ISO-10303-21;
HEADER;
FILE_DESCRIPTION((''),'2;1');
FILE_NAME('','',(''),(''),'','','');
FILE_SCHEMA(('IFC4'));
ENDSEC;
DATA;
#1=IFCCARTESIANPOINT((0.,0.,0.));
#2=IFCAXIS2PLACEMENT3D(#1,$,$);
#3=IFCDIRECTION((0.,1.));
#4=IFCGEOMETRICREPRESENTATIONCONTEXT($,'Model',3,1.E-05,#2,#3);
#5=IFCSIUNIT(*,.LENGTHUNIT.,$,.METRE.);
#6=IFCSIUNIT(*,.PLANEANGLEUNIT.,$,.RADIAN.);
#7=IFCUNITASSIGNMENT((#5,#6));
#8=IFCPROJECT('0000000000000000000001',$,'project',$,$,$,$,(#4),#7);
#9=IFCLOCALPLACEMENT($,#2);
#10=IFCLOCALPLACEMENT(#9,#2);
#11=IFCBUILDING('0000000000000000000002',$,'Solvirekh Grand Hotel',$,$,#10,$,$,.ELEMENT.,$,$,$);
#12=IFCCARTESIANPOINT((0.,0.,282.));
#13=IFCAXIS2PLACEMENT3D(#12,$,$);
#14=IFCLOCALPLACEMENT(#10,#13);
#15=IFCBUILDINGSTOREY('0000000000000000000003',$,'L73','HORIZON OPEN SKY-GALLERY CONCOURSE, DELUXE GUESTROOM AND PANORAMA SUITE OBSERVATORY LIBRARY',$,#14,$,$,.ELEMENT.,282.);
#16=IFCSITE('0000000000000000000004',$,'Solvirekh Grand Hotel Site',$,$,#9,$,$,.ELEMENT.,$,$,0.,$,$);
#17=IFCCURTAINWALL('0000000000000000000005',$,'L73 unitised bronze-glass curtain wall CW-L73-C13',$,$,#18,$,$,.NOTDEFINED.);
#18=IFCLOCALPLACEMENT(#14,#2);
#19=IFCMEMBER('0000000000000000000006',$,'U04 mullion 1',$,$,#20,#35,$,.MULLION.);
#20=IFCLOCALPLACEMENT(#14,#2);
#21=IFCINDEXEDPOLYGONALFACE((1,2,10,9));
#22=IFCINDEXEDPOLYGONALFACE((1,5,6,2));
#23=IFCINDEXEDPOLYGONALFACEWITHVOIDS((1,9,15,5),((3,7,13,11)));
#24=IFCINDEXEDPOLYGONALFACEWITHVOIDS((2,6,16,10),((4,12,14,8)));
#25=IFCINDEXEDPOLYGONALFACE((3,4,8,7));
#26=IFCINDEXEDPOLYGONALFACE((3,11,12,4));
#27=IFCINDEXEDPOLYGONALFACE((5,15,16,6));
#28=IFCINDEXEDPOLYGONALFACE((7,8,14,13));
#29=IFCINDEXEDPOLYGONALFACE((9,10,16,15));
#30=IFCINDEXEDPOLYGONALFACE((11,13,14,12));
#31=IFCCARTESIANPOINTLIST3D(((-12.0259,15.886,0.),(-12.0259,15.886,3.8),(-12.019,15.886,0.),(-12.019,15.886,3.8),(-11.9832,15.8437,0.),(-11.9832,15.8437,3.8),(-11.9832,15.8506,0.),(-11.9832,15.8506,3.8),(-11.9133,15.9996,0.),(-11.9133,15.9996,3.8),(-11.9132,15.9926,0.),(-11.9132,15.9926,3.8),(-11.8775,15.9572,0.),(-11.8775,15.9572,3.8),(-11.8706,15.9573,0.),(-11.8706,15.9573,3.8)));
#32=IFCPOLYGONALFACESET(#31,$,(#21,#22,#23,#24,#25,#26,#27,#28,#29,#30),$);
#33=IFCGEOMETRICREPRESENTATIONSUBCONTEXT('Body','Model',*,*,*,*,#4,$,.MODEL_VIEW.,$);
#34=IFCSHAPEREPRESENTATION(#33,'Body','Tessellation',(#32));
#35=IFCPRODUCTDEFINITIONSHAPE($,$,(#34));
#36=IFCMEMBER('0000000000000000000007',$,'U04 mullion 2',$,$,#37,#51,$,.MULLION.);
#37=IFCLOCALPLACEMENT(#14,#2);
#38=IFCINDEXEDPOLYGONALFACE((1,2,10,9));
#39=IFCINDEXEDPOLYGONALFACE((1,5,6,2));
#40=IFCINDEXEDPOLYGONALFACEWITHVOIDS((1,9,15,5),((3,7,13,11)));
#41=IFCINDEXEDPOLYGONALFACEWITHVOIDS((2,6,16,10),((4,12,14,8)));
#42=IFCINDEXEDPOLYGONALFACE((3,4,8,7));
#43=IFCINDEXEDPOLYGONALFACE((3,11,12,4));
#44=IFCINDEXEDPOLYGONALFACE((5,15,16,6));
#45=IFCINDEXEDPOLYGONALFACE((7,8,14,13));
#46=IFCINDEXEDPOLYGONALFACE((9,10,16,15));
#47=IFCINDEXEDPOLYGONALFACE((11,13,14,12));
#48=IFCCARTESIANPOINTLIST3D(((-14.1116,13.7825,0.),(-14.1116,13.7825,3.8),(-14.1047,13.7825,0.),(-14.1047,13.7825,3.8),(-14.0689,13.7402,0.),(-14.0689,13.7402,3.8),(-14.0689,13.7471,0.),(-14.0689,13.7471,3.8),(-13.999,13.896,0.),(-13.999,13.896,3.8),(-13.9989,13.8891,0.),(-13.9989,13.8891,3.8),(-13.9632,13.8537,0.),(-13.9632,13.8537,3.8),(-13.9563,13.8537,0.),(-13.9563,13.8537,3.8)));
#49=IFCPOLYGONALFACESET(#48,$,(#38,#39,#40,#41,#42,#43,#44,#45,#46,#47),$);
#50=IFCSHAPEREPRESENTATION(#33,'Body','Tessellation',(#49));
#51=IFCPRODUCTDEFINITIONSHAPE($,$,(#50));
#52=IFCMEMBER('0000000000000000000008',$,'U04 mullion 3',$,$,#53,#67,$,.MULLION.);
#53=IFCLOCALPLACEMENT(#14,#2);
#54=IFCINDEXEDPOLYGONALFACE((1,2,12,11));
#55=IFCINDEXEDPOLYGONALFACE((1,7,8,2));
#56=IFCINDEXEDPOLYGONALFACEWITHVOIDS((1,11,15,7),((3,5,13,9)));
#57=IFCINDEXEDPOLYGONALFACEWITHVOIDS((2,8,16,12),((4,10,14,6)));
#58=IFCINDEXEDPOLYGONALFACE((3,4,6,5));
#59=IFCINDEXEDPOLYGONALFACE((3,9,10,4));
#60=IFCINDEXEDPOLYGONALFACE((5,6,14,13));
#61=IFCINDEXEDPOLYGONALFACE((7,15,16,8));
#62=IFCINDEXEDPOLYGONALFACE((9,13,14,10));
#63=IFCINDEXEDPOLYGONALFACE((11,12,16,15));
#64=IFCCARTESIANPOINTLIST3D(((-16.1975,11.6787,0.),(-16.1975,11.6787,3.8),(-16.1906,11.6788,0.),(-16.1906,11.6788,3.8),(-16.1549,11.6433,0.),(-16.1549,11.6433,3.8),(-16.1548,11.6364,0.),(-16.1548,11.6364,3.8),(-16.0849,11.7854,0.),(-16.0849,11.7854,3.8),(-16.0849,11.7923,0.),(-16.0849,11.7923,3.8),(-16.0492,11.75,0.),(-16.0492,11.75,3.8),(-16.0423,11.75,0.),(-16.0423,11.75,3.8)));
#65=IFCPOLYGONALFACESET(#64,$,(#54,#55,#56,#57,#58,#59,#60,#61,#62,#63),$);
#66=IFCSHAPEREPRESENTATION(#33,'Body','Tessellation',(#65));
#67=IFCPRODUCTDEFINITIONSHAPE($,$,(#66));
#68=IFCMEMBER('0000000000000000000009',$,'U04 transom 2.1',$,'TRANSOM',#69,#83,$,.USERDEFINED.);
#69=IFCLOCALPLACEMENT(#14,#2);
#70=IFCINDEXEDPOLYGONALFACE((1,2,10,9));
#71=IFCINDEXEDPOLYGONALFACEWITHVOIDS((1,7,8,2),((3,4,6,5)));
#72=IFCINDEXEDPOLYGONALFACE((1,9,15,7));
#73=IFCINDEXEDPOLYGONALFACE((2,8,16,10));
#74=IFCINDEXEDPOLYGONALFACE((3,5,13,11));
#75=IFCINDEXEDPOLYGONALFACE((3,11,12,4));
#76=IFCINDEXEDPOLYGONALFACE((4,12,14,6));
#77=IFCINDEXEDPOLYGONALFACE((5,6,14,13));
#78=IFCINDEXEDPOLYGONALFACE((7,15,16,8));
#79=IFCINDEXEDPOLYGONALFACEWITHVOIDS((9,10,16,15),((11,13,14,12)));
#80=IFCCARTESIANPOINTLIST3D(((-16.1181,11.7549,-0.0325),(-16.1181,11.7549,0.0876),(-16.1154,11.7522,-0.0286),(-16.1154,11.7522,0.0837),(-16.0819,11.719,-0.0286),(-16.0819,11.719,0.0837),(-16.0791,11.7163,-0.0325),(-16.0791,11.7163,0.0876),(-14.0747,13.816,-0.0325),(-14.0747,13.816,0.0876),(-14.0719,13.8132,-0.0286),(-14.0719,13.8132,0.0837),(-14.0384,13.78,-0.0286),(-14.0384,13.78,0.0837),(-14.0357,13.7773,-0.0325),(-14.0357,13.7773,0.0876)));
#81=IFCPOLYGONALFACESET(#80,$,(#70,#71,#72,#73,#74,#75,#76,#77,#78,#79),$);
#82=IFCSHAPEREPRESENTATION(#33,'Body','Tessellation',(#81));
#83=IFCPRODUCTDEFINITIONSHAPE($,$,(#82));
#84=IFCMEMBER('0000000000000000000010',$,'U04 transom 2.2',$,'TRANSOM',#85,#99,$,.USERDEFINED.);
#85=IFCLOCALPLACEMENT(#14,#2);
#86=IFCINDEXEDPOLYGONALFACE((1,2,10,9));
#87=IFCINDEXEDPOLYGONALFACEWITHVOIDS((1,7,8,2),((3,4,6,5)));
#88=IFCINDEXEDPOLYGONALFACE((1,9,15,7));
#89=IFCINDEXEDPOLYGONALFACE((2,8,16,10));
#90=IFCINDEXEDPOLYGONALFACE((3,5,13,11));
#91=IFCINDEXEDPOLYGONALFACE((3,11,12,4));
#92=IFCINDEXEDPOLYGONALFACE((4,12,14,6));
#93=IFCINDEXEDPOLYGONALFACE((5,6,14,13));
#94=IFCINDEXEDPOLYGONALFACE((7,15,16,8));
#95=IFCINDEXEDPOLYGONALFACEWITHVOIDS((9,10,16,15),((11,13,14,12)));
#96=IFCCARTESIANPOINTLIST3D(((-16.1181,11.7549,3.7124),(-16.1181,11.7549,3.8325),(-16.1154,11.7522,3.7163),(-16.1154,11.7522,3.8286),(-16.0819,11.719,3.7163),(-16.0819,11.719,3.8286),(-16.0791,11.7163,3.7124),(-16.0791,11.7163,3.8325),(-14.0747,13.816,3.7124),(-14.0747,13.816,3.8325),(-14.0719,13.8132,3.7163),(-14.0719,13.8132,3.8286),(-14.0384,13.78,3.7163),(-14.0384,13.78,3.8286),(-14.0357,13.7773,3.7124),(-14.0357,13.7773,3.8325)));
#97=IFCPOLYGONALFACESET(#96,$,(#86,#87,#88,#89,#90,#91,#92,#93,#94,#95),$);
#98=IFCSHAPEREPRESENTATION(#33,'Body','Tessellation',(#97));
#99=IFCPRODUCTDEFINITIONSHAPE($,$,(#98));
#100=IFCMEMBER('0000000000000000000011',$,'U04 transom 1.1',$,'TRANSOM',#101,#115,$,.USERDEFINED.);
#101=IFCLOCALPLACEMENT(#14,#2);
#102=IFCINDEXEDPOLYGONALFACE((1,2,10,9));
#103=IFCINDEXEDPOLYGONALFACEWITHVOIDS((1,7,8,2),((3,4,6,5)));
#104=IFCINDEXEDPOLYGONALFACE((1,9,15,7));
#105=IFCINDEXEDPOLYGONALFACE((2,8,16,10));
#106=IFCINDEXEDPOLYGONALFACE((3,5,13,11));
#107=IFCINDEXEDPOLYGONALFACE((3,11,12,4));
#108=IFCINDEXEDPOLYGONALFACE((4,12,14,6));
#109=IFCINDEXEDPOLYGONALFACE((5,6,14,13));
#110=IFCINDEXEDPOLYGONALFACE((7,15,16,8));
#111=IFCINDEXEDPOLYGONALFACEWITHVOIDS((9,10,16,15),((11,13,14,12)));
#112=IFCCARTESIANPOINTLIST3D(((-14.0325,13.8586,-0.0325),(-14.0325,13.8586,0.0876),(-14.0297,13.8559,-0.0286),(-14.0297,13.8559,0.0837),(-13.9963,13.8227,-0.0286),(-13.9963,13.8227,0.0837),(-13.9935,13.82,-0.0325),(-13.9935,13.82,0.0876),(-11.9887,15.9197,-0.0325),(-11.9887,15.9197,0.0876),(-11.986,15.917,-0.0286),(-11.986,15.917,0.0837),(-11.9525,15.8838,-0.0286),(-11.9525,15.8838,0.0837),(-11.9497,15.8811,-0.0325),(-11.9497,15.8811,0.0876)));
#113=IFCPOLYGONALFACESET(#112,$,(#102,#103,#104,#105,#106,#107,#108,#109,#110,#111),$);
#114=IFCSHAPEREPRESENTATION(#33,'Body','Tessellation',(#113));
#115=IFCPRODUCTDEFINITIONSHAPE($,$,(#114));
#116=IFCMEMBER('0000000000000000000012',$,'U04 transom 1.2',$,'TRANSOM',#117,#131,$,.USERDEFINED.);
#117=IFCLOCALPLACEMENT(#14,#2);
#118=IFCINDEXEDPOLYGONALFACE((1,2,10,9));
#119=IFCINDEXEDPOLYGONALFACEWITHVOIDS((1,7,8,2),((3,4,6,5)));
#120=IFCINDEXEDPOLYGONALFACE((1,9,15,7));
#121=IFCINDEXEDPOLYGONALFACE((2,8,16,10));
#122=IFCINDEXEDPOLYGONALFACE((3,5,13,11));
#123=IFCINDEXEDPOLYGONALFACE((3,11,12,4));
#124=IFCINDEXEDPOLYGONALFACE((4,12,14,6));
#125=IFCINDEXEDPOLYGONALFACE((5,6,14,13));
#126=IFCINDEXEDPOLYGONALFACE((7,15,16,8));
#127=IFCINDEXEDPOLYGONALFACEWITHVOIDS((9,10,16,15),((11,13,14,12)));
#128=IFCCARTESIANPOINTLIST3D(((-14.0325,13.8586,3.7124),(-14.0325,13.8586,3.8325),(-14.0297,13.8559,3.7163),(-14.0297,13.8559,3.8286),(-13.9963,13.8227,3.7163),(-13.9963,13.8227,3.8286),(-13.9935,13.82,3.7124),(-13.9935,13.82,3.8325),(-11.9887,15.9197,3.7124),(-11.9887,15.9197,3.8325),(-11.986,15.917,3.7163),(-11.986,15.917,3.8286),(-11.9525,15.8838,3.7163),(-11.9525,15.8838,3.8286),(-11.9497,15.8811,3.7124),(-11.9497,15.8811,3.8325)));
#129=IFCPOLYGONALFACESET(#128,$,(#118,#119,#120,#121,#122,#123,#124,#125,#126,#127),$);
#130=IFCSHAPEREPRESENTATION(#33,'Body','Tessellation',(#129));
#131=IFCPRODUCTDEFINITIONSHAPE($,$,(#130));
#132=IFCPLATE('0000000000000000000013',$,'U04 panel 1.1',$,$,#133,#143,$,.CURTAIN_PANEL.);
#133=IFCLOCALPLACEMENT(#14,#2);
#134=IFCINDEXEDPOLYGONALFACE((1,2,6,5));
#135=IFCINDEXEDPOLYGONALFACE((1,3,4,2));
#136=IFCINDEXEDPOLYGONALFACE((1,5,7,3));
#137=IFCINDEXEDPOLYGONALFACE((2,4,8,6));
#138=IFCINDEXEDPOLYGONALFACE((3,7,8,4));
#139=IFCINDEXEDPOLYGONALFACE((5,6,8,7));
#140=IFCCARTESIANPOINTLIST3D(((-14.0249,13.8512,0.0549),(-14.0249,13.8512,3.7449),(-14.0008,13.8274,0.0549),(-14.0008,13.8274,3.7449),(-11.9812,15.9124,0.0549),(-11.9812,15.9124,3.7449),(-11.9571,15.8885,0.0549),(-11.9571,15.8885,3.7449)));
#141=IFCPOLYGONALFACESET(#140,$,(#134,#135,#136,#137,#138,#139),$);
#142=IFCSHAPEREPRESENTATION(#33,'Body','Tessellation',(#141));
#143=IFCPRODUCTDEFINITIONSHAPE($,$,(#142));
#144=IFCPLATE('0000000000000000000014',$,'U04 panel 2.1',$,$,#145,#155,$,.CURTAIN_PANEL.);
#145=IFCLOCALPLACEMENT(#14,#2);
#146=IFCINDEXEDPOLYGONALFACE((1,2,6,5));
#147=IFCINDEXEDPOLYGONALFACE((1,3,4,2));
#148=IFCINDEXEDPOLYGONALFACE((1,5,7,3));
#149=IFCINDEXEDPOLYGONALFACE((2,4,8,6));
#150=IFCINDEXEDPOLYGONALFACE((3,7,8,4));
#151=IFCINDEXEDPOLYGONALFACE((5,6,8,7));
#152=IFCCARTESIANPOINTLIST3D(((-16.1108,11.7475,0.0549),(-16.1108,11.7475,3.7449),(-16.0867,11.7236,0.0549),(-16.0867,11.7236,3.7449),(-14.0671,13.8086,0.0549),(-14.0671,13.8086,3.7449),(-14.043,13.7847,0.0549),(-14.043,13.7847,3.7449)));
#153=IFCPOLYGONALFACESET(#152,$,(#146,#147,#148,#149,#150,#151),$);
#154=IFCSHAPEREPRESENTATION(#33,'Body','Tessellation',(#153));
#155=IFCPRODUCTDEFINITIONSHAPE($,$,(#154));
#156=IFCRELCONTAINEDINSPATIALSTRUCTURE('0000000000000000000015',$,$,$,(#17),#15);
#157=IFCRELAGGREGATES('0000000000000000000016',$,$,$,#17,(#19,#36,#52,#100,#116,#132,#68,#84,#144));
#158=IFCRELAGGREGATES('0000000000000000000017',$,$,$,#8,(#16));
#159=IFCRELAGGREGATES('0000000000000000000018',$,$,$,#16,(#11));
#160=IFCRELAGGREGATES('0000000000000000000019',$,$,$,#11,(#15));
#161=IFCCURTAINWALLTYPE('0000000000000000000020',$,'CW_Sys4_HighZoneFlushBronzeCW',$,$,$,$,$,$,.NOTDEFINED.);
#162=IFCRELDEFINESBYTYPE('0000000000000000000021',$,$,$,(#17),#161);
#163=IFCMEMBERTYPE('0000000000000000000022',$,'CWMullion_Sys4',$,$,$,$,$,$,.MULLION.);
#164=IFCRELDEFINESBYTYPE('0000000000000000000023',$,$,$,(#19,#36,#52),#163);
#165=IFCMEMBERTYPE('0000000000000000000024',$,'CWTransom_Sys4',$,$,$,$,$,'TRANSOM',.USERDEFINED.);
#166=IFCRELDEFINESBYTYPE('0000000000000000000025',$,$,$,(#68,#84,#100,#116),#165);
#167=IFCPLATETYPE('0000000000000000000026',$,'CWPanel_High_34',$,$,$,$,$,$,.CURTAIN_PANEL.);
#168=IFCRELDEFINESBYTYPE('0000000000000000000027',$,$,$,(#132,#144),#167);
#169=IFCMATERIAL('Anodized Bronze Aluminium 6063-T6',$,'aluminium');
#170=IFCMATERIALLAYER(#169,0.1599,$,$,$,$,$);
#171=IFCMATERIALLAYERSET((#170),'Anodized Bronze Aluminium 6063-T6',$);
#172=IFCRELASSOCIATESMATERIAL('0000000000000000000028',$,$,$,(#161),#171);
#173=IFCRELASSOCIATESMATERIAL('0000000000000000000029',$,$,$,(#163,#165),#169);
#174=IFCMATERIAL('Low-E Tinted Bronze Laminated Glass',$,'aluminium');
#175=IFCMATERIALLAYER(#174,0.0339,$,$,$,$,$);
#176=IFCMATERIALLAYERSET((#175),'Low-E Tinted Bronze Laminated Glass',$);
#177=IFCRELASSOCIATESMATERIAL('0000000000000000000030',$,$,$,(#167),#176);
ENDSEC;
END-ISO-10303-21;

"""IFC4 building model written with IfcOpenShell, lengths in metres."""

from ifc_helpers import new_model, si_unit, direction, frame, origin, origin_2d, place, context, subcontext, project, spatial, rectangle, hollow_rectangle, extrude, source, transform, mapped, material, layer, layer_set, material_profile, profile_set, type_object, element, aggregate, save


model = new_model("IFC4")

# Units and contexts
model_context = context("Model", 3, precision=1e-05, world=origin(), true_north=direction((0.0, 1.0)))
body_context = subcontext(model_context, "Body", "Model", "MODEL_VIEW")
ifc_project = project(units=[si_unit("LENGTHUNIT", "METRE"), si_unit("PLANEANGLEUNIT", "RADIAN")], contexts=[model_context])

# Site, building, storey
site_placement = place(None, origin())
site = spatial("IfcSite", under=ifc_project, at=site_placement, Name="Solvirekh Grand Hotel Site", CompositionType="ELEMENT", RefElevation=0.0)
building_placement = place(site_placement, origin())
building = spatial("IfcBuilding", under=site, at=building_placement, Name="Solvirekh Grand Hotel", CompositionType="ELEMENT")
storey_placement = place(building_placement, frame((0.0, 0.0, 282.0)))
storey = spatial("IfcBuildingStorey", under=building, at=storey_placement, Name="L73", Description="HORIZON OPEN SKY-GALLERY CONCOURSE, DELUXE GUESTROOM AND PANORAMA SUITE OBSERVATORY LIBRARY", CompositionType="ELEMENT", Elevation=282.0)

# Curtain wall, members, plates
ifc_material_1 = material(Name="Anodized Bronze Aluminium 6063-T6", Category="aluminium")
ifc_layer_1 = layer(ifc_material_1, 0.1599)
ifc_layer_set_1 = layer_set([ifc_layer_1], Name="Anodized Bronze Aluminium 6063-T6")
curtain_wall_type = type_object("IfcCurtainWallType", Name="CW_Sys4_HighZoneFlushBronzeCW", PredefinedType="NOTDEFINED", material=ifc_layer_set_1)
curtain_wall_placement = place(storey_placement, origin())
curtain_wall = element("IfcCurtainWall", 1, at=curtain_wall_placement, inside=storey, type_object=curtain_wall_type, Name="L73 unitised bronze-glass curtain wall CW-L73-C13", PredefinedType="NOTDEFINED")
ifc_material_profile_1 = material_profile(ifc_material_1, hollow_rectangle(XDim=0.0601, YDim=0.1599, WallThickness=0.0049, at=origin_2d()), Name="ALU RHS 160X60X5")
ifc_profile_set_1 = profile_set([ifc_material_profile_1], Name="Anodized Bronze Aluminium 6063-T6")
member_type_1 = type_object("IfcMemberType", Name="CWMullion_Sys4", PredefinedType="MULLION", material=ifc_profile_set_1)
shared_shape_1 = source(origin(), body_context, "Body", "SweptSolid", [
    extrude(hollow_rectangle(XDim=0.0601, YDim=0.1599, WallThickness=0.0049, at=origin_2d()), origin(), (0.0, 0.0, 1.0), 3.8),
])
member_1_placement = place(storey_placement, frame((-11.9482, 15.9216, 0.0), z_axis=(0.0, 0.0, 1.0), x_axis=(0.710108, -0.704093, 0.0)))
member_1 = element("IfcMember", 2, at=member_1_placement, type_object=member_type_1, Name="U04 mullion 1", PredefinedType="MULLION", context=body_context, shape_type="MappedRepresentation", body=[
    mapped(shared_shape_1, transform((0.0, 0.0, 0.0), x_axis=(1.0, 0.0, 0.0), y_axis=(0.0, 1.0, 0.0), z_axis=(0.0, 0.0, 1.0), scale=1.0)),
])
member_2_placement = place(storey_placement, frame((-14.0339, 13.8181, 0.0), z_axis=(0.0, 0.0, 1.0), x_axis=(0.710108, -0.704093, 0.0)))
member_2 = element("IfcMember", 3, at=member_2_placement, type_object=member_type_1, Name="U04 mullion 2", PredefinedType="MULLION", context=body_context, shape_type="MappedRepresentation", body=[
    mapped(shared_shape_1, transform((0.0, 0.0, 0.0), x_axis=(1.0, 0.0, 0.0), y_axis=(0.0, 1.0, 0.0), z_axis=(0.0, 0.0, 1.0), scale=1.0)),
])
member_3_placement = place(storey_placement, frame((-16.1199, 11.7144, 0.0), z_axis=(0.0, 0.0, 1.0), x_axis=(0.710108, -0.704093, 0.0)))
member_3 = element("IfcMember", 4, at=member_3_placement, type_object=member_type_1, Name="U04 mullion 3", PredefinedType="MULLION", context=body_context, shape_type="MappedRepresentation", body=[
    mapped(shared_shape_1, transform((0.0, 0.0, 0.0), x_axis=(1.0, 0.0, 0.0), y_axis=(0.0, 1.0, 0.0), z_axis=(0.0, 0.0, 1.0), scale=1.0)),
])
ifc_material_profile_2 = material_profile(ifc_material_1, hollow_rectangle(XDim=0.0549, YDim=0.1201, WallThickness=0.0039, at=origin_2d()), Name="ALU RHS 120X55X4")
ifc_profile_set_2 = profile_set([ifc_material_profile_2], Name="Anodized Bronze Aluminium 6063-T6")
member_type_2 = type_object("IfcMemberType", Name="CWTransom_Sys4", ElementType="TRANSOM", PredefinedType="USERDEFINED", material=ifc_profile_set_2)
shared_shape_2 = source(origin(), body_context, "Body", "SweptSolid", [
    extrude(hollow_rectangle(XDim=0.0549, YDim=0.1201, WallThickness=0.0039, at=origin_2d()), origin(), (0.0, 0.0, 1.0), 2.9023),
])
member_4_placement = place(storey_placement, frame((-14.0552, 13.7966, 0.0276), z_axis=(-0.704072, -0.710129, 0.0), x_axis=(0.710129, -0.704072, 0.0)))
member_4 = element("IfcMember", 5, at=member_4_placement, type_object=member_type_2, Name="U04 transom 2.1", ObjectType="TRANSOM", PredefinedType="USERDEFINED", context=body_context, shape_type="MappedRepresentation", body=[
    mapped(shared_shape_2, transform((0.0, 0.0, 0.0), x_axis=(1.0, 0.0, 0.0), y_axis=(0.0, 1.0, 0.0), z_axis=(0.0, 0.0, 1.0), scale=1.0)),
])
member_5_placement = place(storey_placement, frame((-14.0552, 13.7966, 3.7725), z_axis=(-0.704072, -0.710129, 0.0), x_axis=(0.710129, -0.704072, 0.0)))
member_5 = element("IfcMember", 6, at=member_5_placement, type_object=member_type_2, Name="U04 transom 2.2", ObjectType="TRANSOM", PredefinedType="USERDEFINED", context=body_context, shape_type="MappedRepresentation", body=[
    mapped(shared_shape_2, transform((0.0, 0.0, 0.0), x_axis=(1.0, 0.0, 0.0), y_axis=(0.0, 1.0, 0.0), z_axis=(0.0, 0.0, 1.0), scale=1.0)),
])
shared_shape_3 = source(origin(), body_context, "Body", "SweptSolid", [
    extrude(hollow_rectangle(XDim=0.0549, YDim=0.1201, WallThickness=0.0039, at=origin_2d()), origin(), (0.0, 0.0, 1.0), 2.9026),
])
member_6_placement = place(storey_placement, frame((-11.9692, 15.9004, 0.0276), z_axis=(-0.704114, -0.710087, 0.0), x_axis=(0.710087, -0.704114, 0.0)))
member_6 = element("IfcMember", 7, at=member_6_placement, type_object=member_type_2, Name="U04 transom 1.1", ObjectType="TRANSOM", PredefinedType="USERDEFINED", context=body_context, shape_type="MappedRepresentation", body=[
    mapped(shared_shape_3, transform((0.0, 0.0, 0.0), x_axis=(1.0, 0.0, 0.0), y_axis=(0.0, 1.0, 0.0), z_axis=(0.0, 0.0, 1.0), scale=1.0)),
])
member_7_placement = place(storey_placement, frame((-11.9692, 15.9004, 3.7725), z_axis=(-0.704114, -0.710087, 0.0), x_axis=(0.710087, -0.704114, 0.0)))
member_7 = element("IfcMember", 8, at=member_7_placement, type_object=member_type_2, Name="U04 transom 1.2", ObjectType="TRANSOM", PredefinedType="USERDEFINED", context=body_context, shape_type="MappedRepresentation", body=[
    mapped(shared_shape_3, transform((0.0, 0.0, 0.0), x_axis=(1.0, 0.0, 0.0), y_axis=(0.0, 1.0, 0.0), z_axis=(0.0, 0.0, 1.0), scale=1.0)),
])
ifc_material_2 = material(Name="Low-E Tinted Bronze Laminated Glass", Category="aluminium")
ifc_layer_2 = layer(ifc_material_2, 0.0339)
ifc_layer_set_2 = layer_set([ifc_layer_2], Name="Low-E Tinted Bronze Laminated Glass")
plate_type = type_object("IfcPlateType", Name="CWPanel_High_34", PredefinedType="CURTAIN_PANEL", material=ifc_layer_set_2)
shared_shape_4 = source(origin(), body_context, "Body", "SweptSolid", [
    extrude(rectangle(XDim=2.9026, YDim=0.0339, at=origin_2d()), origin(), (0.0, 0.0, 1.0), 3.6899),
])
plate_1_placement = place(storey_placement, frame((-12.991, 14.8699, 0.0549), z_axis=(0.0, 0.0, 1.0), x_axis=(-0.704093, -0.710108, 0.0)))
plate_1 = element("IfcPlate", 9, at=plate_1_placement, type_object=plate_type, Name="U04 panel 1.1", PredefinedType="CURTAIN_PANEL", context=body_context, shape_type="MappedRepresentation", body=[
    mapped(shared_shape_4, transform((0.0, 0.0, 0.0), x_axis=(1.0, 0.0, 0.0), y_axis=(0.0, 1.0, 0.0), z_axis=(0.0, 0.0, 1.0), scale=1.0)),
])
plate_2_placement = place(storey_placement, frame((-15.0769, 12.7661, 0.0549), z_axis=(0.0, 0.0, 1.0), x_axis=(-0.704093, -0.710108, 0.0)))
plate_2 = element("IfcPlate", 10, at=plate_2_placement, type_object=plate_type, Name="U04 panel 2.1", PredefinedType="CURTAIN_PANEL", context=body_context, shape_type="MappedRepresentation", body=[
    mapped(shared_shape_4, transform((0.0, 0.0, 0.0), x_axis=(1.0, 0.0, 0.0), y_axis=(0.0, 1.0, 0.0), z_axis=(0.0, 0.0, 1.0), scale=1.0)),
])
aggregate(curtain_wall, [member_1, member_2, member_3, member_6, member_7, plate_1, member_4, member_5, plate_2])

save(model, "model.ifc")
